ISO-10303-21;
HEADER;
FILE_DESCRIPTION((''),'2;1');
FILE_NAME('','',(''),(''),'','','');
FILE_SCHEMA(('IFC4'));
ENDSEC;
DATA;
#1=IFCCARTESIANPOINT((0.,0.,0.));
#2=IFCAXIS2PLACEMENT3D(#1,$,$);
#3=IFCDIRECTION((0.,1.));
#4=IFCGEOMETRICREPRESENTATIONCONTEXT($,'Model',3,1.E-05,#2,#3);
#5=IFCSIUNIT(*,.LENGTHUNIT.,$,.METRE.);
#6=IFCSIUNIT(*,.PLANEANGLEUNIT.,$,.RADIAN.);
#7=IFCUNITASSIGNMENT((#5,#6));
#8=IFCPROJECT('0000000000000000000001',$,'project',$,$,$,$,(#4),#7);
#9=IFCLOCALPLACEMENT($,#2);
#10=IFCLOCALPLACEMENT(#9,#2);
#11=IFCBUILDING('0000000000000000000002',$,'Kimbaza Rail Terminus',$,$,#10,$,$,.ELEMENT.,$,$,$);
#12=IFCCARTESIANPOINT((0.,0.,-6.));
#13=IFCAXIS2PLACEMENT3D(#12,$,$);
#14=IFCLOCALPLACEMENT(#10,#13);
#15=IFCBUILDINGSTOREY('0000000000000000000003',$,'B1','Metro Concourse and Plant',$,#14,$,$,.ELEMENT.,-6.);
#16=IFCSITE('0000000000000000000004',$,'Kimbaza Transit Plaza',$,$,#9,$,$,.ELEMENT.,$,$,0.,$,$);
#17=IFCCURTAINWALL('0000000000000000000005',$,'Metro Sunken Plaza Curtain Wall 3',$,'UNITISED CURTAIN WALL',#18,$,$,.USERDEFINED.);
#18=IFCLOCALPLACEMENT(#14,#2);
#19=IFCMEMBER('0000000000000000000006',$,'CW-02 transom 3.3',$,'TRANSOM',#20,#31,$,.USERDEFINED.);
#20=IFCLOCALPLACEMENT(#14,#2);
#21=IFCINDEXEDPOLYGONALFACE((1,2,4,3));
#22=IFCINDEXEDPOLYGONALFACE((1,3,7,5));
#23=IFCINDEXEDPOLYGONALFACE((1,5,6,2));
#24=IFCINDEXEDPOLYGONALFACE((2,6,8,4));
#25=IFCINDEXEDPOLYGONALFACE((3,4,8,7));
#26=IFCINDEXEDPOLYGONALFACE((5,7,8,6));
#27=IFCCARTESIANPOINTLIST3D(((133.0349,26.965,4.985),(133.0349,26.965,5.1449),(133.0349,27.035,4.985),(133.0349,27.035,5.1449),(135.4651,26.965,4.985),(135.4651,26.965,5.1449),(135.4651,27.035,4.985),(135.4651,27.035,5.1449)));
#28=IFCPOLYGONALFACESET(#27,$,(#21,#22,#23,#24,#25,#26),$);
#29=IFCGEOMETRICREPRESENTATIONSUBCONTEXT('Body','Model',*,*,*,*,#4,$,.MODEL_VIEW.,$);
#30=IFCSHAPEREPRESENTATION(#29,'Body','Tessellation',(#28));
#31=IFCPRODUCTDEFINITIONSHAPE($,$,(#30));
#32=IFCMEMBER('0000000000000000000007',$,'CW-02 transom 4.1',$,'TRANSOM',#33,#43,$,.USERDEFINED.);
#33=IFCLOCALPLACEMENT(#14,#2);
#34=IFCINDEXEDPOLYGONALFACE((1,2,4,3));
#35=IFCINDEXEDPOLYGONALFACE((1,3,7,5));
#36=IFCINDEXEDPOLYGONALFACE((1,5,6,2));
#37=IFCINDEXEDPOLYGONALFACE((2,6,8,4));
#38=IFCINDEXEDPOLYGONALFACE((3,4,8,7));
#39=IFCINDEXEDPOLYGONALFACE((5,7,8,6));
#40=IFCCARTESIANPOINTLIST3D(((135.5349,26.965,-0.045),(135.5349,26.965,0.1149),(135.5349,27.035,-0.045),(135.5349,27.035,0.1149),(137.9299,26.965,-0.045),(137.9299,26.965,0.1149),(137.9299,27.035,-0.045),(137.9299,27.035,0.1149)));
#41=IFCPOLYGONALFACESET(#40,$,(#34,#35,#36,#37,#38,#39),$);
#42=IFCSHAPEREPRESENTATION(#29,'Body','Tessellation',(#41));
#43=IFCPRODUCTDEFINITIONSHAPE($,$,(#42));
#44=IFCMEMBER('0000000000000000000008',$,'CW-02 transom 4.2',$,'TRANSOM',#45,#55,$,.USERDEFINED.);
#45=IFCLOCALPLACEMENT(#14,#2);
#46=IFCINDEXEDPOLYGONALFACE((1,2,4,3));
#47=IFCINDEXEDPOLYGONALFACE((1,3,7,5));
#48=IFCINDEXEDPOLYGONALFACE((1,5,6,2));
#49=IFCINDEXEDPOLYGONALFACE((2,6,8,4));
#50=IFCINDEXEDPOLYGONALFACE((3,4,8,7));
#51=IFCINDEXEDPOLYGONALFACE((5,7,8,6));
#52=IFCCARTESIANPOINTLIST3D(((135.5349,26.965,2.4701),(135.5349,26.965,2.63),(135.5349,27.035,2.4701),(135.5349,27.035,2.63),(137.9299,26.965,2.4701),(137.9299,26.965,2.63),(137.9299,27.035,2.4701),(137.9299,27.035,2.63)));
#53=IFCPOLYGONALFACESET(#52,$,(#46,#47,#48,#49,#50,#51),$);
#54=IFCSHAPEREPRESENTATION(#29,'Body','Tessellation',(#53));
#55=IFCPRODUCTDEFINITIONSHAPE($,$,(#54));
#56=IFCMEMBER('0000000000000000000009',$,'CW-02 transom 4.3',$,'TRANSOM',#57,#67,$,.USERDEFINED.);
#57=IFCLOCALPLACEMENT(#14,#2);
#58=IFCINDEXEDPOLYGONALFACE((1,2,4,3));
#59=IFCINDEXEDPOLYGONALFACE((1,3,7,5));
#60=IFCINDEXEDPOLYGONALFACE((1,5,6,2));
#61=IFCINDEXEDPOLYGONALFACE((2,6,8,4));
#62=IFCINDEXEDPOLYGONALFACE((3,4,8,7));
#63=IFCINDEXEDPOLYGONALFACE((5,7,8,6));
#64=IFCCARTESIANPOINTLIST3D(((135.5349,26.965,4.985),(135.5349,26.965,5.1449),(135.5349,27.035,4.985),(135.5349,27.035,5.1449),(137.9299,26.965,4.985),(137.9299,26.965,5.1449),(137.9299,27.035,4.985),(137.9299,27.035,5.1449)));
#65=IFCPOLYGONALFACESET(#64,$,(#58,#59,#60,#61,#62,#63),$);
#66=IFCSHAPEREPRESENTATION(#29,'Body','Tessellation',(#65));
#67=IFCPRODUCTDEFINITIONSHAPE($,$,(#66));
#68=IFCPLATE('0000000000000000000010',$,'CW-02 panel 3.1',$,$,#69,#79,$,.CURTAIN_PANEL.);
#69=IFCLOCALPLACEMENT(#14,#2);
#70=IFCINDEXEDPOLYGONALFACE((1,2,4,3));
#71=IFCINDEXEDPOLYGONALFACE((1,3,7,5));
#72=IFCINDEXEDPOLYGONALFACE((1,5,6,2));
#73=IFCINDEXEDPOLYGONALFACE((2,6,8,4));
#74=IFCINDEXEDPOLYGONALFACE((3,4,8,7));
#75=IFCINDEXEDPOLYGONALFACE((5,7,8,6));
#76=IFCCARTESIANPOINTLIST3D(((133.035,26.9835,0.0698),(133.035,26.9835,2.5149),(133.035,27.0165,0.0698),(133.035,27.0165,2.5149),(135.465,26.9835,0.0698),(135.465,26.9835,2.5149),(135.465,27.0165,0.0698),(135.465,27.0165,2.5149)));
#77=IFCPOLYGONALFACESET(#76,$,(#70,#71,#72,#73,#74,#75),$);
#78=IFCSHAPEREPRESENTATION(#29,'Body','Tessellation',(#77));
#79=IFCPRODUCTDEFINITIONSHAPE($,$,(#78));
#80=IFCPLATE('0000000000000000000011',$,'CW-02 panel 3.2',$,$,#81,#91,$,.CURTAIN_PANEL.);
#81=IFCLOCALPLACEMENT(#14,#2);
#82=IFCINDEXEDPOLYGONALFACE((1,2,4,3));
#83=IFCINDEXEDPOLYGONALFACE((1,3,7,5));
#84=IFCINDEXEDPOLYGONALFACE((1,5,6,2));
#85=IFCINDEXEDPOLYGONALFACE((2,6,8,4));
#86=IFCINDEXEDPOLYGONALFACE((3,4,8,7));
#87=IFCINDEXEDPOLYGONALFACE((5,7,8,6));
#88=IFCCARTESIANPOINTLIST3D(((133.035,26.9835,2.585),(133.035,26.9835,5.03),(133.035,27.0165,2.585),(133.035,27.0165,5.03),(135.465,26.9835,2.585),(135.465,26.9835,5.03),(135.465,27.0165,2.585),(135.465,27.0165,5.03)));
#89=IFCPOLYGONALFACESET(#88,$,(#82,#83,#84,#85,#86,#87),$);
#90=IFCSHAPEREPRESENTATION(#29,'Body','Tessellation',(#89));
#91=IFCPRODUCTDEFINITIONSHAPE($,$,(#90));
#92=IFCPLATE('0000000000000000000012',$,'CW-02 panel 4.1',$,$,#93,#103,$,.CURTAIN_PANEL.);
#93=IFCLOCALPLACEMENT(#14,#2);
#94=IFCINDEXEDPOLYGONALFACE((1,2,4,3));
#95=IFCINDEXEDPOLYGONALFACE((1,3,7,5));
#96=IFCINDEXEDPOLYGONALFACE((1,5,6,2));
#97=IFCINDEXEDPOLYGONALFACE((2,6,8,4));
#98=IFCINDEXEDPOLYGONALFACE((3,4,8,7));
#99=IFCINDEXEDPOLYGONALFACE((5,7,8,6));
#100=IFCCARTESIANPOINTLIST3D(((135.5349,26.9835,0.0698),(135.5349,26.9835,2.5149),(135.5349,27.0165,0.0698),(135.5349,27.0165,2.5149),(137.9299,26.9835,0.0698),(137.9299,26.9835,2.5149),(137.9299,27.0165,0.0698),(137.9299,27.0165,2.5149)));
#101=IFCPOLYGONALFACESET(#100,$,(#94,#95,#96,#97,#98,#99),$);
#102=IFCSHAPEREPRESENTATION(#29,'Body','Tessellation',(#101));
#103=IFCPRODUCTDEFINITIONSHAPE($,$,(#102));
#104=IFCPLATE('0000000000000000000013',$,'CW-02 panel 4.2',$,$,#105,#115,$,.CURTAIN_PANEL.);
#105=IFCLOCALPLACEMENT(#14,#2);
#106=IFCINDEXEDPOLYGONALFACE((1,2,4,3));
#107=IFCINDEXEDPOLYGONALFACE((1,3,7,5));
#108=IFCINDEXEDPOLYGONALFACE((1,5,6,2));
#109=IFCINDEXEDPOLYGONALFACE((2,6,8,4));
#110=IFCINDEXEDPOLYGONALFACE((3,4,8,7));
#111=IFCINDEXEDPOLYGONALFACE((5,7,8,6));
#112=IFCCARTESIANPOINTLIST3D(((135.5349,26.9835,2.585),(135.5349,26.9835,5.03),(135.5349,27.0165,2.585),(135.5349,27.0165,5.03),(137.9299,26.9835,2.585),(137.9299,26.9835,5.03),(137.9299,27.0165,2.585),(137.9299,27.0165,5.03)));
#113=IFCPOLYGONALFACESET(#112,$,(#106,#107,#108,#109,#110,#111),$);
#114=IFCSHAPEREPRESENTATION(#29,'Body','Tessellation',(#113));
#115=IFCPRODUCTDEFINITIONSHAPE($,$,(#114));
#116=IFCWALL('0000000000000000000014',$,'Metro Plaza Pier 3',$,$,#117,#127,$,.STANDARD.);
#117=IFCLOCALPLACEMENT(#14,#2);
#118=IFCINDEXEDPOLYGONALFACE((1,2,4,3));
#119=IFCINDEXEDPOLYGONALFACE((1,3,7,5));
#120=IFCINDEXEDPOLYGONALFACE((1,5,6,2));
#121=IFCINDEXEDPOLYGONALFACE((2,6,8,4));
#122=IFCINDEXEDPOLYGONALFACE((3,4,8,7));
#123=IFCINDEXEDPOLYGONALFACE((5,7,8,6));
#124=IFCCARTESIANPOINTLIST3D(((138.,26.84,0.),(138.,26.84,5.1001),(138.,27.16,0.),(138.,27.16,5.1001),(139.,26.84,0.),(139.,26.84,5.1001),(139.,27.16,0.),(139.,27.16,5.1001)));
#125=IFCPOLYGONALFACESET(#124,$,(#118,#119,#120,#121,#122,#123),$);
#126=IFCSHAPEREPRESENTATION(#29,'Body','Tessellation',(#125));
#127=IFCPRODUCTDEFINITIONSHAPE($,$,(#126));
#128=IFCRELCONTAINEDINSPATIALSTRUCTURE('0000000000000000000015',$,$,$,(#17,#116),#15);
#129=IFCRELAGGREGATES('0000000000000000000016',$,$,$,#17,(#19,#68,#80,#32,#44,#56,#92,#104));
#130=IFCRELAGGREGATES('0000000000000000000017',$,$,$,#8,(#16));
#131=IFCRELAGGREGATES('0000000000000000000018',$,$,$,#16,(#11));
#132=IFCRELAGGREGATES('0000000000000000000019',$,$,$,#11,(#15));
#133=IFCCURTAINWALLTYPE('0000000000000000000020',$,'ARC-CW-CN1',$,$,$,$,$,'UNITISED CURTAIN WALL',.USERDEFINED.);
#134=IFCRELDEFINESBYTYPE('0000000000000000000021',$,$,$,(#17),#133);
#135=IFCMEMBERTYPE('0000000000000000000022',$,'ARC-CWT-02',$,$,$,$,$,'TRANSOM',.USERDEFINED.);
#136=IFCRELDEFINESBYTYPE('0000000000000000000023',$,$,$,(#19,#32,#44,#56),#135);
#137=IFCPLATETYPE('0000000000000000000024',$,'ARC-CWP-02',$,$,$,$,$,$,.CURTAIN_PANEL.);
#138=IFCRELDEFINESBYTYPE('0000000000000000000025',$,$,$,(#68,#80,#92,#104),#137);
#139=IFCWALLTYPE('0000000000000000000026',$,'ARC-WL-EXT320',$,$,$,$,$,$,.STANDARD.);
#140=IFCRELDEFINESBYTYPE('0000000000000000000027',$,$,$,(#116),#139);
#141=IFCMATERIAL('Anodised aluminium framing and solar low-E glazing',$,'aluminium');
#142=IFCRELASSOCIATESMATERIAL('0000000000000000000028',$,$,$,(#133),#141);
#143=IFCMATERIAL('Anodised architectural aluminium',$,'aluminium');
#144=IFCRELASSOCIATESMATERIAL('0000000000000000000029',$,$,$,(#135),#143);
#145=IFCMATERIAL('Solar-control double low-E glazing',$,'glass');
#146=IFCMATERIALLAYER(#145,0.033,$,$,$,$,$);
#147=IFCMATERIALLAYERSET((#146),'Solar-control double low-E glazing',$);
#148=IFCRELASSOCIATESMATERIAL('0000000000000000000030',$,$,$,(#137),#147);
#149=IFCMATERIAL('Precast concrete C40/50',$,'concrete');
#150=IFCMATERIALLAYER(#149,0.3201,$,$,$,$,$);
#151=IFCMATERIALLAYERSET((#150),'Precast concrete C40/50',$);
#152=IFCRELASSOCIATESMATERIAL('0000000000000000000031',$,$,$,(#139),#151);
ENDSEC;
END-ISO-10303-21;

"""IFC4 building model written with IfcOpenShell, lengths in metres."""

from ifc_helpers import new_model, si_unit, direction, frame, frame_2d, origin, origin_2d, place, context, subcontext, project, spatial, rectangle, extrude, material, layer, layer_set, material_profile, profile_set, type_object, element, aggregate, save


model = new_model("IFC4")

# Units and contexts
model_context = context("Model", 3, precision=1e-05, world=origin(), true_north=direction((0.0, 1.0)))
body_context = subcontext(model_context, "Body", "Model", "MODEL_VIEW")
ifc_project = project(units=[si_unit("LENGTHUNIT", "METRE"), si_unit("PLANEANGLEUNIT", "RADIAN")], contexts=[model_context])

# Site, building, storey
site_placement = place(None, origin())
site = spatial("IfcSite", under=ifc_project, at=site_placement, Name="Kimbaza Transit Plaza", CompositionType="ELEMENT", RefElevation=0.0)
building_placement = place(site_placement, origin())
building = spatial("IfcBuilding", under=site, at=building_placement, Name="Kimbaza Rail Terminus", CompositionType="ELEMENT")
storey_placement = place(building_placement, frame((0.0, 0.0, -6.0)))
storey = spatial("IfcBuildingStorey", under=building, at=storey_placement, Name="B1", Description="Metro Concourse and Plant", CompositionType="ELEMENT", Elevation=-6.0)

# Curtain wall, members, plates
ifc_material_1 = material(Name="Anodised aluminium framing and solar low-E glazing", Category="aluminium")
curtain_wall_type = type_object("IfcCurtainWallType", Name="ARC-CW-CN1", ElementType="UNITISED CURTAIN WALL", PredefinedType="USERDEFINED", material=ifc_material_1)
curtain_wall_placement = place(storey_placement, origin())
curtain_wall = element("IfcCurtainWall", 1, at=curtain_wall_placement, inside=storey, type_object=curtain_wall_type, Name="Metro Sunken Plaza Curtain Wall 3", ObjectType="UNITISED CURTAIN WALL", PredefinedType="USERDEFINED")
ifc_material_2 = material(Name="Anodised architectural aluminium", Category="aluminium")
ifc_material_profile_1 = material_profile(ifc_material_2, rectangle(XDim=0.0701, YDim=0.1599, at=origin_2d()), Name="TRANSOM 70x160")
ifc_profile_set_1 = profile_set([ifc_material_profile_1], Name="Anodised architectural aluminium")
member_type_1 = type_object("IfcMemberType", Name="ARC-CWT-02", ElementType="TRANSOM", PredefinedType="USERDEFINED", material=ifc_profile_set_1)
member_1_placement = place(storey_placement, frame((133.0349, 27.0, 5.0649), z_axis=(1.0, 0.0, 0.0), x_axis=(0.0, 1.0, 0.0)))
member_1 = element("IfcMember", 2, at=member_1_placement, type_object=member_type_1, Name="CW-02 transom 3.3", ObjectType="TRANSOM", PredefinedType="USERDEFINED", context=body_context, shape_type="SweptSolid", body=[
    extrude(rectangle(XDim=0.0701, YDim=0.1599, at=origin_2d()), origin(), (0.0, 0.0, 1.0), 2.4302),
])
member_2_placement = place(storey_placement, frame((135.5349, 27.0, 0.0349), z_axis=(1.0, 0.0, 0.0), x_axis=(0.0, 1.0, 0.0)))
member_2 = element("IfcMember", 3, at=member_2_placement, type_object=member_type_1, Name="CW-02 transom 4.1", ObjectType="TRANSOM", PredefinedType="USERDEFINED", context=body_context, shape_type="SweptSolid", body=[
    extrude(rectangle(XDim=0.0701, YDim=0.1599, at=origin_2d()), origin(), (0.0, 0.0, 1.0), 2.395),
])
member_3_placement = place(storey_placement, frame((135.5349, 27.0, 2.55), z_axis=(1.0, 0.0, 0.0), x_axis=(0.0, 1.0, 0.0)))
member_3 = element("IfcMember", 4, at=member_3_placement, type_object=member_type_1, Name="CW-02 transom 4.2", ObjectType="TRANSOM", PredefinedType="USERDEFINED", context=body_context, shape_type="SweptSolid", body=[
    extrude(rectangle(XDim=0.0701, YDim=0.1599, at=origin_2d()), origin(), (0.0, 0.0, 1.0), 2.395),
])
member_4_placement = place(storey_placement, frame((135.5349, 27.0, 5.0649), z_axis=(1.0, 0.0, 0.0), x_axis=(0.0, 1.0, 0.0)))
member_4 = element("IfcMember", 5, at=member_4_placement, type_object=member_type_1, Name="CW-02 transom 4.3", ObjectType="TRANSOM", PredefinedType="USERDEFINED", context=body_context, shape_type="SweptSolid", body=[
    extrude(rectangle(XDim=0.0701, YDim=0.1599, at=origin_2d()), origin(), (0.0, 0.0, 1.0), 2.395),
])
ifc_material_3 = material(Name="Solar-control double low-E glazing", Category="glass")
ifc_layer_1 = layer(ifc_material_3, 0.033)
ifc_layer_set_1 = layer_set([ifc_layer_1], Name="Solar-control double low-E glazing")
plate_type = type_object("IfcPlateType", Name="ARC-CWP-02", PredefinedType="CURTAIN_PANEL", material=ifc_layer_set_1)
plate_1_placement = place(storey_placement, frame((134.25, 27.0, 0.0698), z_axis=(0.0, 0.0, 1.0), x_axis=(1.0, 0.0, 0.0)))
plate_1 = element("IfcPlate", 6, at=plate_1_placement, type_object=plate_type, Name="CW-02 panel 3.1", PredefinedType="CURTAIN_PANEL", context=body_context, shape_type="SweptSolid", body=[
    extrude(rectangle(XDim=2.4299, YDim=0.033, at=origin_2d()), origin(), (0.0, 0.0, 1.0), 2.4451),
])
plate_2_placement = place(storey_placement, frame((134.25, 27.0, 2.585), z_axis=(0.0, 0.0, 1.0), x_axis=(1.0, 0.0, 0.0)))
plate_2 = element("IfcPlate", 7, at=plate_2_placement, type_object=plate_type, Name="CW-02 panel 3.2", PredefinedType="CURTAIN_PANEL", context=body_context, shape_type="SweptSolid", body=[
    extrude(rectangle(XDim=2.4299, YDim=0.033, at=origin_2d()), origin(), (0.0, 0.0, 1.0), 2.4451),
])
plate_3_placement = place(storey_placement, frame((136.7324, 27.0, 0.0698), z_axis=(0.0, 0.0, 1.0), x_axis=(1.0, 0.0, 0.0)))
plate_3 = element("IfcPlate", 8, at=plate_3_placement, type_object=plate_type, Name="CW-02 panel 4.1", PredefinedType="CURTAIN_PANEL", context=body_context, shape_type="SweptSolid", body=[
    extrude(rectangle(XDim=2.395, YDim=0.033, at=origin_2d()), origin(), (0.0, 0.0, 1.0), 2.4451),
])
plate_4_placement = place(storey_placement, frame((136.7324, 27.0, 2.585), z_axis=(0.0, 0.0, 1.0), x_axis=(1.0, 0.0, 0.0)))
plate_4 = element("IfcPlate", 9, at=plate_4_placement, type_object=plate_type, Name="CW-02 panel 4.2", PredefinedType="CURTAIN_PANEL", context=body_context, shape_type="SweptSolid", body=[
    extrude(rectangle(XDim=2.395, YDim=0.033, at=origin_2d()), origin(), (0.0, 0.0, 1.0), 2.4451),
])
aggregate(curtain_wall, [member_1, plate_1, plate_2, member_2, member_3, member_4, plate_3, plate_4])

# Wall
ifc_material_4 = material(Name="Precast concrete C40/50", Category="concrete")
ifc_layer_2 = layer(ifc_material_4, 0.3201)
ifc_layer_set_2 = layer_set([ifc_layer_2], Name="Precast concrete C40/50")
wall_type = type_object("IfcWallType", Name="ARC-WL-EXT320", PredefinedType="STANDARD", material=ifc_layer_set_2)
wall_placement = place(storey_placement, frame((138.0, 27.0, 0.0), z_axis=(0.0, 0.0, 1.0), x_axis=(1.0, 0.0, 0.0)))
element("IfcWall", 10, at=wall_placement, inside=storey, type_object=wall_type, Name="Metro Plaza Pier 3", PredefinedType="STANDARD", context=body_context, shape_type="SweptSolid", body=[
    extrude(rectangle(XDim=1.0, YDim=0.3201, at=frame_2d((0.5, 0.0))), origin(), (0.0, 0.0, 1.0), 5.1001),
])

save(model, "model.ifc")
